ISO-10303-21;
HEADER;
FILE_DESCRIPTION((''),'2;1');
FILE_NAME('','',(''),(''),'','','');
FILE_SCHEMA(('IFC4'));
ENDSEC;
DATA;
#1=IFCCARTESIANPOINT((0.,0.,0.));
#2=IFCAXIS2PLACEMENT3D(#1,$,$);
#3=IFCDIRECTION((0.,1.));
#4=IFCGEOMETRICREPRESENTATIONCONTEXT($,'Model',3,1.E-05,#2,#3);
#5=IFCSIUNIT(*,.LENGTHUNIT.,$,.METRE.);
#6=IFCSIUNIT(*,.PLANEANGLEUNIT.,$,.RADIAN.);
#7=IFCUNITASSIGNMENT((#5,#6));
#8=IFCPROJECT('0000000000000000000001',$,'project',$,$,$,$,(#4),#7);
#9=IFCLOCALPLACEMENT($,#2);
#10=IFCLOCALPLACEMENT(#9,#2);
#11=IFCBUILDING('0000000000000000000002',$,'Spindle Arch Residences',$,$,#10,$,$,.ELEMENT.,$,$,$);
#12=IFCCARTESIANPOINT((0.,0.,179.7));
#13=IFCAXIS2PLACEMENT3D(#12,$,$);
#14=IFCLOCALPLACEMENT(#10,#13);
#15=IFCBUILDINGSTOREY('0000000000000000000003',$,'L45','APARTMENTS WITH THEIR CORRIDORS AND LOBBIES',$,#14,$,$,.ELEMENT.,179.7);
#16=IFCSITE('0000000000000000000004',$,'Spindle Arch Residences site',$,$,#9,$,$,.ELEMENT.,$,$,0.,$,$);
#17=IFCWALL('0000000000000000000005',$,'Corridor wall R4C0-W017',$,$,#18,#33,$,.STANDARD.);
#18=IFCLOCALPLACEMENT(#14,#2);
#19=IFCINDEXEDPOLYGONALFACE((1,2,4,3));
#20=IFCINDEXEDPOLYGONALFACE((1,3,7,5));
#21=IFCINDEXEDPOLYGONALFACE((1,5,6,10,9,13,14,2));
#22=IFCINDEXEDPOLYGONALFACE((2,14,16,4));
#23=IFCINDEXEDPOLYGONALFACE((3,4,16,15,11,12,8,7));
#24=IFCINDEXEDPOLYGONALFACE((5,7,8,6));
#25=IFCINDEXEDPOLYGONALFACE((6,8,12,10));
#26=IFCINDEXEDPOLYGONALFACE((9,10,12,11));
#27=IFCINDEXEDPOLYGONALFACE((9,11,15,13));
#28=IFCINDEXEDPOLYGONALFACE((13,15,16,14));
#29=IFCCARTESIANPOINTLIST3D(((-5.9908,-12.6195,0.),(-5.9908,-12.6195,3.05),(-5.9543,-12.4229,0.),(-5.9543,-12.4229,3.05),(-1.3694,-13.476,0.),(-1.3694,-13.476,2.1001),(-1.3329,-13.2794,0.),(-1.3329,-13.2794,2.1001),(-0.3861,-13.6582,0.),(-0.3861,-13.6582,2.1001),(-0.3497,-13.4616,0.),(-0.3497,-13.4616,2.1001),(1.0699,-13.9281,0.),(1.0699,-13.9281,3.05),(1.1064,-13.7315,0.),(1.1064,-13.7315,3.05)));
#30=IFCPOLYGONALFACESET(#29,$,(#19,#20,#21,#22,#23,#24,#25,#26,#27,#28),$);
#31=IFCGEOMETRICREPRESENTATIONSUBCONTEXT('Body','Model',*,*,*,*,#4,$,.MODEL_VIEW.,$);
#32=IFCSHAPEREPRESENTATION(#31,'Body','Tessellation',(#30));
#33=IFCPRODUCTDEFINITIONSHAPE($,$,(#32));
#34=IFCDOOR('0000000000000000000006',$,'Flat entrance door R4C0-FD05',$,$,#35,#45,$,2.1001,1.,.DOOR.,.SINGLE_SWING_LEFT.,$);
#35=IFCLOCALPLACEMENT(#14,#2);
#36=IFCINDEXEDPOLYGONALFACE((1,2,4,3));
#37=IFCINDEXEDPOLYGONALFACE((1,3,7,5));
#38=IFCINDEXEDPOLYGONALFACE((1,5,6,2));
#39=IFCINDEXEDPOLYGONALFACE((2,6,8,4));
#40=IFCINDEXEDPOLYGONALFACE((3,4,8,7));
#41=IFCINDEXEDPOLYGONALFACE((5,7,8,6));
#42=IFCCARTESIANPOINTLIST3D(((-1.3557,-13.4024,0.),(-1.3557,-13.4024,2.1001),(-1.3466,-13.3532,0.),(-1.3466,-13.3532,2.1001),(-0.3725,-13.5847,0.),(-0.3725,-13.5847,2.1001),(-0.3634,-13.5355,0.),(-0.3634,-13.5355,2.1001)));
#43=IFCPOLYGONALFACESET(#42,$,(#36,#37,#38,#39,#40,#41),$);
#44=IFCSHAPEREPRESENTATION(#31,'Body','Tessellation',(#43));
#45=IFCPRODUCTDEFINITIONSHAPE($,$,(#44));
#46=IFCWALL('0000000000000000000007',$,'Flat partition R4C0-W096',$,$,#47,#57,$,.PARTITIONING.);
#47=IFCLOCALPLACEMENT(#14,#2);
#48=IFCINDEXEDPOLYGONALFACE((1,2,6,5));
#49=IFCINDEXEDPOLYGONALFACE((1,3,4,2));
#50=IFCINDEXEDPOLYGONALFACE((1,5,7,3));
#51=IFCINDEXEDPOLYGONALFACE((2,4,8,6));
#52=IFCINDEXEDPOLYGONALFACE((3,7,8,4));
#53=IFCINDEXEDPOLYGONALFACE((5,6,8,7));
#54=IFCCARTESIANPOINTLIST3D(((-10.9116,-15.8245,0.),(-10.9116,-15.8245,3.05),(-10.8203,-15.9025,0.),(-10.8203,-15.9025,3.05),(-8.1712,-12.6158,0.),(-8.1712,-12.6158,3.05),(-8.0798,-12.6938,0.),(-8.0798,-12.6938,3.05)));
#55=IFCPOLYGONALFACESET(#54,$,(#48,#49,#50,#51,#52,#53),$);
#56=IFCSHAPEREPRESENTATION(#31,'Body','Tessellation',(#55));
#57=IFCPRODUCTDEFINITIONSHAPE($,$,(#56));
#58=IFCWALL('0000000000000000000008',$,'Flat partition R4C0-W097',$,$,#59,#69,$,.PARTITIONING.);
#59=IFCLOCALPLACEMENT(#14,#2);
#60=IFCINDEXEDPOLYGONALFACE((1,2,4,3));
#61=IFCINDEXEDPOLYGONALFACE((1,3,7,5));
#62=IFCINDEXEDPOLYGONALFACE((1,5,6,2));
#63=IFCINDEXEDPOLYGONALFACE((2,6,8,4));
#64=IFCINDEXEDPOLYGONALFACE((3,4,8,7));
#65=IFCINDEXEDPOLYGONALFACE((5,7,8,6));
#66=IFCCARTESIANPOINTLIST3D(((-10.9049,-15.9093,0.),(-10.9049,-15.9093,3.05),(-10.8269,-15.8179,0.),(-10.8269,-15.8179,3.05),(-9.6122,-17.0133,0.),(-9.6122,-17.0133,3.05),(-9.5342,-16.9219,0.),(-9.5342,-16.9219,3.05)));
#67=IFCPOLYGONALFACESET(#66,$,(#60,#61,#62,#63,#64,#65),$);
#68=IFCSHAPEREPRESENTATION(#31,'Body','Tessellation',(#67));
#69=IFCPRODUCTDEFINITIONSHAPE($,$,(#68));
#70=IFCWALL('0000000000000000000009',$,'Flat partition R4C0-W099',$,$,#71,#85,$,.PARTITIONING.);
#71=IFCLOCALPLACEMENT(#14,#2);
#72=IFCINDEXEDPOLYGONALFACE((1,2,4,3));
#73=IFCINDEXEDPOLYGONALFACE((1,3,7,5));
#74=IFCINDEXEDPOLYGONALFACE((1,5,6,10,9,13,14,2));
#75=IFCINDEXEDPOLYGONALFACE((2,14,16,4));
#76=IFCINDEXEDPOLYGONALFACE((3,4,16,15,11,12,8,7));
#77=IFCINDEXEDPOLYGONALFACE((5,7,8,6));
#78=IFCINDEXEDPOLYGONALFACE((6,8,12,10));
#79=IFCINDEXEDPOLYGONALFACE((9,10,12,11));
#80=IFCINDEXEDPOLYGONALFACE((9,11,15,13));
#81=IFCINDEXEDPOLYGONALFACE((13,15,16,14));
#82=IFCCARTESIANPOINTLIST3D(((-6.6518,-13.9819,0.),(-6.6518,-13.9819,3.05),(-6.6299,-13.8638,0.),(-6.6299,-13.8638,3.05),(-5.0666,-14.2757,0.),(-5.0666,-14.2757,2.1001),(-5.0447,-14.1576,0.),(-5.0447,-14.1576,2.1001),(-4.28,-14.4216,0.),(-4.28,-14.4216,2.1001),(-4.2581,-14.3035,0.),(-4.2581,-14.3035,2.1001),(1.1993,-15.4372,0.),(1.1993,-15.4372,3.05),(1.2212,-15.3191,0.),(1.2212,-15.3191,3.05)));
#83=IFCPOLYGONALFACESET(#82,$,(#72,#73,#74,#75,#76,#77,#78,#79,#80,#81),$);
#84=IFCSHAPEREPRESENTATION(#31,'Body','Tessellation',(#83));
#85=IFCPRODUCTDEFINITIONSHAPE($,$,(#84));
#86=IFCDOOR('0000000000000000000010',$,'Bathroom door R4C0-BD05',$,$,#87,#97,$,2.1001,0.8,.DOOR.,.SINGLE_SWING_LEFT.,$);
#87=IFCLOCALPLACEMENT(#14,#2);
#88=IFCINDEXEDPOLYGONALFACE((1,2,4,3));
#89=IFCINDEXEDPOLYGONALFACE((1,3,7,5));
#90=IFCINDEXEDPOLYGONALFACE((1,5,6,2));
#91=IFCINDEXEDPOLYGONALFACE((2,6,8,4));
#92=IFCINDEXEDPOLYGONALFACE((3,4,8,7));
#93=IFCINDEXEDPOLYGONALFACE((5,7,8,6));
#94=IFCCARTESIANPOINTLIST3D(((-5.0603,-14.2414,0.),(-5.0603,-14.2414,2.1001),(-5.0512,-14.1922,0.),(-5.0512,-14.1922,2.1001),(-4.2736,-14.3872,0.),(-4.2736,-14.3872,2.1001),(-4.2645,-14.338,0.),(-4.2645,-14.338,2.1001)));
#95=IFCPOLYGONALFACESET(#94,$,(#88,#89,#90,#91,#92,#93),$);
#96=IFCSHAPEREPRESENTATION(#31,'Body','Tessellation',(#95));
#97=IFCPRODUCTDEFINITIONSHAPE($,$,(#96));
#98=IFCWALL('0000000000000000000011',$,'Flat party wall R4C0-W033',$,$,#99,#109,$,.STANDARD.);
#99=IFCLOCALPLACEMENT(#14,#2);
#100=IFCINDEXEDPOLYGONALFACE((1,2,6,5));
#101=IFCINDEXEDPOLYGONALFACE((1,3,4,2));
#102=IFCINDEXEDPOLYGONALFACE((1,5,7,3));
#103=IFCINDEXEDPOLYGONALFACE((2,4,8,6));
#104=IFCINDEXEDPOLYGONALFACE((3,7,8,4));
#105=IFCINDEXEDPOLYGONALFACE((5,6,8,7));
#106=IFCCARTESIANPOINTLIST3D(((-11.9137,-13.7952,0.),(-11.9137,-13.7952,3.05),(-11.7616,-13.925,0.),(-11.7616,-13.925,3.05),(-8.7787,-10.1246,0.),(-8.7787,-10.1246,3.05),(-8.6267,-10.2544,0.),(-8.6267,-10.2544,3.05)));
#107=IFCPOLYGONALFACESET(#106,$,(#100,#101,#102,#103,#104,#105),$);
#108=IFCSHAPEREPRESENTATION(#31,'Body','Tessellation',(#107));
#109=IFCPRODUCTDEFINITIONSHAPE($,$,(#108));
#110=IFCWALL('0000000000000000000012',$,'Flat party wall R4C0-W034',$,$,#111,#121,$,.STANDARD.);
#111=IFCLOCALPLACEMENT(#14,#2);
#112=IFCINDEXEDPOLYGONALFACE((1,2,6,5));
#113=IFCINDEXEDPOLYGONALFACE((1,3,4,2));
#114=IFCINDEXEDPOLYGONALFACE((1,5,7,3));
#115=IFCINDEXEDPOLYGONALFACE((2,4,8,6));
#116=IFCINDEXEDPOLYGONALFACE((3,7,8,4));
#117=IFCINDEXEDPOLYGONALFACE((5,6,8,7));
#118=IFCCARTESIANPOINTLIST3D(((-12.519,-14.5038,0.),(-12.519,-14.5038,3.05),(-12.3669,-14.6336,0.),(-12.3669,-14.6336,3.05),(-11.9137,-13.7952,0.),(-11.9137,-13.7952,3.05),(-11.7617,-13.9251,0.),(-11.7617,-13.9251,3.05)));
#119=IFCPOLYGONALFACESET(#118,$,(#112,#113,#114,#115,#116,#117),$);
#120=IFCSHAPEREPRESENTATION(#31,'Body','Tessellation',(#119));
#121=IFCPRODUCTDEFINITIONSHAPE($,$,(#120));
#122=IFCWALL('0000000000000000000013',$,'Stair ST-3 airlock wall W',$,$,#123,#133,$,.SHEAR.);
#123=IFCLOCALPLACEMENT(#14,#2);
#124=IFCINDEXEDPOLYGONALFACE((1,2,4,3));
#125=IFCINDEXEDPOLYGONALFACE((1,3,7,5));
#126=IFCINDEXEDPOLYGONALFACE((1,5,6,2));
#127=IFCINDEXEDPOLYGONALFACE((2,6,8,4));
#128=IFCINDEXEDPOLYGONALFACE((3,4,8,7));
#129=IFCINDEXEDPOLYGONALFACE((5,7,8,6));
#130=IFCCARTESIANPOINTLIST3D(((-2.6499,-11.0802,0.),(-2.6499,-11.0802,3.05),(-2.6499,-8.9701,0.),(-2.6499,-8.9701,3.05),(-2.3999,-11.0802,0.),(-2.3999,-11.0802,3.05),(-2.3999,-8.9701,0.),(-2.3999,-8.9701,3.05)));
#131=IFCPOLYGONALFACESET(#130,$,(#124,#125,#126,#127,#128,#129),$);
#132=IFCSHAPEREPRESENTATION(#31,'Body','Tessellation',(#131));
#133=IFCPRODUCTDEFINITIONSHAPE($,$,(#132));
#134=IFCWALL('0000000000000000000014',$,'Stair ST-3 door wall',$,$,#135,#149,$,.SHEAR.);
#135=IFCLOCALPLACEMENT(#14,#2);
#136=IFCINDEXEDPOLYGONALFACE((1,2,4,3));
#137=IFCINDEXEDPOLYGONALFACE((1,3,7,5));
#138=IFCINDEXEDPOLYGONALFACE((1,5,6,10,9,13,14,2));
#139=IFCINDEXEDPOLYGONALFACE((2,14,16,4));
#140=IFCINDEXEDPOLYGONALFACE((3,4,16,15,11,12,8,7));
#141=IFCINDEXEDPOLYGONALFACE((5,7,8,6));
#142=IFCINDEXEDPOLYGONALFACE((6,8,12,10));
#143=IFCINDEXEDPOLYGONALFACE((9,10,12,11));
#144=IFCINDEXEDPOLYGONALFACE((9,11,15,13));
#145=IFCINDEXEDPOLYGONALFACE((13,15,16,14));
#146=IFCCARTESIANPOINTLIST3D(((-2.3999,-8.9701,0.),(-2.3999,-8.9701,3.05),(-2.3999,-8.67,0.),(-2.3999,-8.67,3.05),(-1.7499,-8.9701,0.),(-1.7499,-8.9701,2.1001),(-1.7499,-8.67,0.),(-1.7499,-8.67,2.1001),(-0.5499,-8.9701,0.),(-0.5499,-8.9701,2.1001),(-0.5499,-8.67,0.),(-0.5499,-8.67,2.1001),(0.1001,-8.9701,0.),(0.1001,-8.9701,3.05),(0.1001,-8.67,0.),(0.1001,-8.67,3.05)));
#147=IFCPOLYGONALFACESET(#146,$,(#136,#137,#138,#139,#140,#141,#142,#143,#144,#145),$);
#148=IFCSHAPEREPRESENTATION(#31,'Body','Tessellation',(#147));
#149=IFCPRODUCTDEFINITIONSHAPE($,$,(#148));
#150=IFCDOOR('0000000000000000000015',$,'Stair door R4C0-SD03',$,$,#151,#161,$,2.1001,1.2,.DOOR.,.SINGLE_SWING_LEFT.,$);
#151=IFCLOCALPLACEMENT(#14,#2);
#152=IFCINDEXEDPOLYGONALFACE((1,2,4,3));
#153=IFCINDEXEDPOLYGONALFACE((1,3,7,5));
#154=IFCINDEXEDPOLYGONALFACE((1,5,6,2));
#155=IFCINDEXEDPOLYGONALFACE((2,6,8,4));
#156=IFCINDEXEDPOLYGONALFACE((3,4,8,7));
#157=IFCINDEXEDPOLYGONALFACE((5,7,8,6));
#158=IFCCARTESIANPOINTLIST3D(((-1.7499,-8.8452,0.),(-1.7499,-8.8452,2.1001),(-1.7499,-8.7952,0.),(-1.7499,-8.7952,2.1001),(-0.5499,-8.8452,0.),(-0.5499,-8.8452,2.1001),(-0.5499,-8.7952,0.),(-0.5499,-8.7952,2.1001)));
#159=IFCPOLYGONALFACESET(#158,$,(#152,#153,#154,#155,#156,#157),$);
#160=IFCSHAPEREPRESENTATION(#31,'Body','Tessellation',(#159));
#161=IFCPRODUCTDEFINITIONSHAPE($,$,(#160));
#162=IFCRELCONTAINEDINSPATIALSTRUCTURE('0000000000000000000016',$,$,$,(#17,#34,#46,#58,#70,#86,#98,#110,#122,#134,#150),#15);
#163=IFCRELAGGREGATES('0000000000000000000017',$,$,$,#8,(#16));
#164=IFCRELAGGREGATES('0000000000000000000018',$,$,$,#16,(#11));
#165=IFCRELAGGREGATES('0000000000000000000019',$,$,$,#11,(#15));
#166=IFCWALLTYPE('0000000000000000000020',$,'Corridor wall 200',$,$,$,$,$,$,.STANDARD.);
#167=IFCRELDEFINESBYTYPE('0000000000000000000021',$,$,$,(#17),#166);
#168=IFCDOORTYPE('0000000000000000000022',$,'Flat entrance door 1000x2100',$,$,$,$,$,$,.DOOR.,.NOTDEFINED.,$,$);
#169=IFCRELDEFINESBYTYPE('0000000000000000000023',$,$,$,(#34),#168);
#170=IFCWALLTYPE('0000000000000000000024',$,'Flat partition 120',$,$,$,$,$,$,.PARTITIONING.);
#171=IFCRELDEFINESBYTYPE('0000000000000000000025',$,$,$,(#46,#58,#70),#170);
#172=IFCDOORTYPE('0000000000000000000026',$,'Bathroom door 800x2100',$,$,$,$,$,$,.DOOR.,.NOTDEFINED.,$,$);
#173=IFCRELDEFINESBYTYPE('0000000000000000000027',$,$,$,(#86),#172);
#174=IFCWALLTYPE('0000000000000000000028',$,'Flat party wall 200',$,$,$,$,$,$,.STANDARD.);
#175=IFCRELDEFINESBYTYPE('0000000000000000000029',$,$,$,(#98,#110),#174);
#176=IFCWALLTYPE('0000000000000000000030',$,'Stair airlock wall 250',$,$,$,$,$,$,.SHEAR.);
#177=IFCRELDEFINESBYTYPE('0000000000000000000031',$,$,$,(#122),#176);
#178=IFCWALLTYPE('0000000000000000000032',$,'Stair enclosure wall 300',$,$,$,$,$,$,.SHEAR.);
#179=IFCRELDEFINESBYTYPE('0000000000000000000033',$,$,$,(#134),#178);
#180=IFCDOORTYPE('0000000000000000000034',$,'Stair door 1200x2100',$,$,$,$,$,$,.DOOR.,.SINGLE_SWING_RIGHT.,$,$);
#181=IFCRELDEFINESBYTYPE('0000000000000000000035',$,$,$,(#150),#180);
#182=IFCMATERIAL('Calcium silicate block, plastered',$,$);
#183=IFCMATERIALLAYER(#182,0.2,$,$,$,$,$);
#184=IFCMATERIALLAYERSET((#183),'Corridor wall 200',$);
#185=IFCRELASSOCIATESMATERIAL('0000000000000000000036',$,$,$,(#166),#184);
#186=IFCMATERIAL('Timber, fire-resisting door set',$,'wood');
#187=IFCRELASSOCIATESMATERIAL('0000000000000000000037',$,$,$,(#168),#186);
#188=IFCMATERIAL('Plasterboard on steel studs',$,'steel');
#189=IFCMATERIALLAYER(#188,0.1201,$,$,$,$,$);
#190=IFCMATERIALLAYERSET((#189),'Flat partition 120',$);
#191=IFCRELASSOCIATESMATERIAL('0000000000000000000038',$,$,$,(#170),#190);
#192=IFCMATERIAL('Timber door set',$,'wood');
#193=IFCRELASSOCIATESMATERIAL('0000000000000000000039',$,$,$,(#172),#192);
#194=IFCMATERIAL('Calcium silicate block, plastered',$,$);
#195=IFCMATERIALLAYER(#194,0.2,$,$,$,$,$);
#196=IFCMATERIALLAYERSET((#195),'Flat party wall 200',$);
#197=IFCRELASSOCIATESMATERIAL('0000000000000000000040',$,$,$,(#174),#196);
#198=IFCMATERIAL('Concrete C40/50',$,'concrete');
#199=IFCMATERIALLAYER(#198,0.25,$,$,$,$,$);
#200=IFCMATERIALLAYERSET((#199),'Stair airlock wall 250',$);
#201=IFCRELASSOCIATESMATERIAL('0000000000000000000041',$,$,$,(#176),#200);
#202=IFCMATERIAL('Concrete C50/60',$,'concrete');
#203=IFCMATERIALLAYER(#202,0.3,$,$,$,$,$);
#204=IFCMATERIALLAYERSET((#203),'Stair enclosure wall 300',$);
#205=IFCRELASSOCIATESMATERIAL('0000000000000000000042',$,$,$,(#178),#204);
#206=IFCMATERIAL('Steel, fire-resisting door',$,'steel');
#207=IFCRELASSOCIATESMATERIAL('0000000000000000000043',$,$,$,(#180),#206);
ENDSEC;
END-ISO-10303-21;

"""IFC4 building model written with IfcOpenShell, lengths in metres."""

from ifc_helpers import new_model, si_unit, direction, frame, frame_2d, origin, place, context, subcontext, project, spatial, rectangle, extrude, material, layer, layer_set, type_object, element, fill, save


model = new_model("IFC4")

# Units and contexts
model_context = context("Model", 3, precision=1e-05, world=origin(), true_north=direction((0.0, 1.0)))
body_context = subcontext(model_context, "Body", "Model", "MODEL_VIEW")
ifc_project = project(units=[si_unit("LENGTHUNIT", "METRE"), si_unit("PLANEANGLEUNIT", "RADIAN")], contexts=[model_context])

# Site, building, storey
site_placement = place(None, origin())
site = spatial("IfcSite", under=ifc_project, at=site_placement, Name="Spindle Arch Residences site", CompositionType="ELEMENT", RefElevation=0.0)
building_placement = place(site_placement, origin())
building = spatial("IfcBuilding", under=site, at=building_placement, Name="Spindle Arch Residences", CompositionType="ELEMENT")
storey_placement = place(building_placement, frame((0.0, 0.0, 179.7)))
storey = spatial("IfcBuildingStorey", under=building, at=storey_placement, Name="L45", Description="APARTMENTS WITH THEIR CORRIDORS AND LOBBIES", CompositionType="ELEMENT", Elevation=179.7)

# Wall, opening, door
ifc_material_1 = material(Name="Calcium silicate block, plastered")
ifc_layer_1 = layer(ifc_material_1, 0.2)
ifc_layer_set_1 = layer_set([ifc_layer_1], Name="Corridor wall 200")
wall_type_1 = type_object("IfcWallType", Name="Corridor wall 200", PredefinedType="STANDARD", material=ifc_layer_set_1)
wall_1_placement = place(storey_placement, frame((-5.9724, -12.5212, 0.0), z_axis=(0.0, 0.0, 1.0), x_axis=(0.983256, -0.182229, 0.0)))
wall_1 = element("IfcWall", 1, at=wall_1_placement, inside=storey, type_object=wall_type_1, Name="Corridor wall R4C0-W017", PredefinedType="STANDARD", context=body_context, shape_type="SweptSolid", body=[
    extrude(rectangle(XDim=7.1809, YDim=0.2, at=frame_2d((3.5903, 0.0))), origin(), (0.0, 0.0, 1.0), 3.05),
])
opening_1_placement = place(wall_1_placement, frame((4.7, 0.0, 0.0)))
opening_1 = element("IfcOpeningElement", 2, at=opening_1_placement, cuts=wall_1, PredefinedType="OPENING", context=body_context, shape_type="SweptSolid", body=[
    extrude(rectangle(XDim=1.0, YDim=2.1001, at=frame_2d((0.5, 1.05))), frame((0.0, 0.1099, 0.0), z_axis=(0.0, -1.0, 0.0), x_axis=(1.0, 0.0, 0.0)), (0.0, 0.0, 1.0), 0.22),
])
ifc_material_2 = material(Name="Timber, fire-resisting door set", Category="wood")
door_type_1 = type_object("IfcDoorType", Name="Flat entrance door 1000x2100", OperationType="NOTDEFINED", PredefinedType="DOOR", material=ifc_material_2)
door_1_placement = place(opening_1_placement, origin())
door_1 = element("IfcDoor", 3, at=door_1_placement, inside=storey, type_object=door_type_1, Name="Flat entrance door R4C0-FD05", OperationType="SINGLE_SWING_LEFT", OverallHeight=2.1001, OverallWidth=1.0, PredefinedType="DOOR", context=body_context, shape_type="SweptSolid", body=[
    extrude(rectangle(XDim=1.0, YDim=2.1001, at=frame_2d((0.5, 1.05))), frame((0.0, 0.0249, 0.0), z_axis=(0.0, -1.0, 0.0), x_axis=(1.0, 0.0, 0.0)), (0.0, 0.0, 1.0), 0.05),
])
fill(opening_1, door_1)

# Walls
ifc_material_3 = material(Name="Plasterboard on steel studs", Category="steel")
ifc_layer_2 = layer(ifc_material_3, 0.1201)
ifc_layer_set_2 = layer_set([ifc_layer_2], Name="Flat partition 120")
wall_type_2 = type_object("IfcWallType", Name="Flat partition 120", PredefinedType="PARTITIONING", material=ifc_layer_set_2)
wall_2_placement = place(storey_placement, frame((-8.1255, -12.6548, 0.0), z_axis=(0.0, 0.0, 1.0), x_axis=(-0.649442, -0.760411, 0.0)))
element("IfcWall", 4, at=wall_2_placement, inside=storey, type_object=wall_type_2, Name="Flat partition R4C0-W096", PredefinedType="PARTITIONING", context=body_context, shape_type="SweptSolid", body=[
    extrude(rectangle(XDim=4.2197, YDim=0.1201, at=frame_2d((2.1099, 0.0))), origin(), (0.0, 0.0, 1.0), 3.05),
])
wall_3_placement = place(storey_placement, frame((-10.866, -15.8635, 0.0), z_axis=(0.0, 0.0, 1.0), x_axis=(0.760431, -0.649418, 0.0)))
element("IfcWall", 5, at=wall_3_placement, inside=storey, type_object=wall_type_2, Name="Flat partition R4C0-W097", PredefinedType="PARTITIONING", context=body_context, shape_type="SweptSolid", body=[
    extrude(rectangle(XDim=1.7, YDim=0.1201, at=frame_2d((0.8501, 0.0))), origin(), (0.0, 0.0, 1.0), 3.05),
])

# Wall, opening, door
wall_4_placement = place(storey_placement, frame((-6.6409, -13.9229, 0.0), z_axis=(0.0, 0.0, 1.0), x_axis=(0.98325, -0.182261, 0.0)))
wall_4 = element("IfcWall", 6, at=wall_4_placement, inside=storey, type_object=wall_type_2, Name="Flat partition R4C0-W099", PredefinedType="PARTITIONING", context=body_context, shape_type="SweptSolid", body=[
    extrude(rectangle(XDim=7.9849, YDim=0.1201, at=frame_2d((3.9924, 0.0))), origin(), (0.0, 0.0, 1.0), 3.05),
])
opening_2_placement = place(wall_4_placement, frame((1.6123, 0.0, 0.0)))
opening_2 = element("IfcOpeningElement", 7, at=opening_2_placement, cuts=wall_4, PredefinedType="OPENING", context=body_context, shape_type="SweptSolid", body=[
    extrude(rectangle(XDim=0.8, YDim=2.1001, at=frame_2d((0.3999, 1.05))), frame((0.0, 0.0701, 0.0), z_axis=(0.0, -1.0, 0.0), x_axis=(1.0, 0.0, 0.0)), (0.0, 0.0, 1.0), 0.1401),
])
ifc_material_4 = material(Name="Timber door set", Category="wood")
door_type_2 = type_object("IfcDoorType", Name="Bathroom door 800x2100", OperationType="NOTDEFINED", PredefinedType="DOOR", material=ifc_material_4)
door_2_placement = place(opening_2_placement, origin())
door_2 = element("IfcDoor", 8, at=door_2_placement, inside=storey, type_object=door_type_2, Name="Bathroom door R4C0-BD05", OperationType="SINGLE_SWING_LEFT", OverallHeight=2.1001, OverallWidth=0.8, PredefinedType="DOOR", context=body_context, shape_type="SweptSolid", body=[
    extrude(rectangle(XDim=0.8, YDim=2.1001, at=frame_2d((0.3999, 1.05))), frame((0.0, 0.0249, 0.0), z_axis=(0.0, -1.0, 0.0), x_axis=(1.0, 0.0, 0.0)), (0.0, 0.0, 1.0), 0.05),
])
fill(opening_2, door_2)

# Walls
ifc_material_5 = material(Name="Calcium silicate block, plastered")
ifc_layer_3 = layer(ifc_material_5, 0.2)
ifc_layer_set_3 = layer_set([ifc_layer_3], Name="Flat party wall 200")
wall_type_3 = type_object("IfcWallType", Name="Flat party wall 200", PredefinedType="STANDARD", material=ifc_layer_set_3)
wall_5_placement = place(storey_placement, frame((-11.8376, -13.8601, 0.0), z_axis=(0.0, 0.0, 1.0), x_axis=(0.649445, 0.760409, 0.0)))
element("IfcWall", 9, at=wall_5_placement, inside=storey, type_object=wall_type_3, Name="Flat party wall R4C0-W033", PredefinedType="STANDARD", context=body_context, shape_type="SweptSolid", body=[
    extrude(rectangle(XDim=4.8271, YDim=0.2, at=frame_2d((2.4136, 0.0))), origin(), (0.0, 0.0, 1.0), 3.05),
])
wall_6_placement = place(storey_placement, frame((-12.4429, -14.5686, 0.0), z_axis=(0.0, 0.0, 1.0), x_axis=(0.649517, 0.760347, 0.0)))
element("IfcWall", 10, at=wall_6_placement, inside=storey, type_object=wall_type_3, Name="Flat party wall R4C0-W034", PredefinedType="STANDARD", context=body_context, shape_type="SweptSolid", body=[
    extrude(rectangle(XDim=0.9319, YDim=0.2, at=frame_2d((0.4658, 0.0))), origin(), (0.0, 0.0, 1.0), 3.05),
])
ifc_material_6 = material(Name="Concrete C40/50", Category="concrete")
ifc_layer_4 = layer(ifc_material_6, 0.25)
ifc_layer_set_4 = layer_set([ifc_layer_4], Name="Stair airlock wall 250")
wall_type_4 = type_object("IfcWallType", Name="Stair airlock wall 250", PredefinedType="SHEAR", material=ifc_layer_set_4)
wall_7_placement = place(storey_placement, frame((-2.5249, -8.97, 0.0), z_axis=(0.0, 0.0, 1.0), x_axis=(0.0, -1.0, 0.0)))
element("IfcWall", 11, at=wall_7_placement, inside=storey, type_object=wall_type_4, Name="Stair ST-3 airlock wall W", PredefinedType="SHEAR", context=body_context, shape_type="SweptSolid", body=[
    extrude(rectangle(XDim=2.1101, YDim=0.25, at=frame_2d((1.0552, 0.0))), origin(), (0.0, 0.0, 1.0), 3.05),
])

# Wall, opening, door
ifc_material_7 = material(Name="Concrete C50/60", Category="concrete")
ifc_layer_5 = layer(ifc_material_7, 0.3)
ifc_layer_set_5 = layer_set([ifc_layer_5], Name="Stair enclosure wall 300")
wall_type_5 = type_object("IfcWallType", Name="Stair enclosure wall 300", PredefinedType="SHEAR", material=ifc_layer_set_5)
wall_8_placement = place(storey_placement, frame((-2.3999, -8.8201, 0.0), z_axis=(0.0, 0.0, 1.0), x_axis=(1.0, 0.0, 0.0)))
wall_8 = element("IfcWall", 12, at=wall_8_placement, inside=storey, type_object=wall_type_5, Name="Stair ST-3 door wall", PredefinedType="SHEAR", context=body_context, shape_type="SweptSolid", body=[
    extrude(rectangle(XDim=2.5, YDim=0.3, at=frame_2d((1.25, 0.0))), origin(), (0.0, 0.0, 1.0), 3.05),
])
opening_3_placement = place(wall_8_placement, frame((0.6499, 0.0, 0.0)))
opening_3 = element("IfcOpeningElement", 13, at=opening_3_placement, cuts=wall_8, PredefinedType="OPENING", context=body_context, shape_type="SweptSolid", body=[
    extrude(rectangle(XDim=1.2, YDim=2.1001, at=frame_2d((0.6001, 1.05))), frame((0.0, 0.1602, 0.0), z_axis=(0.0, -1.0, 0.0), x_axis=(1.0, 0.0, 0.0)), (0.0, 0.0, 1.0), 0.3201),
])
ifc_material_8 = material(Name="Steel, fire-resisting door", Category="steel")
door_type_3 = type_object("IfcDoorType", Name="Stair door 1200x2100", OperationType="SINGLE_SWING_RIGHT", PredefinedType="DOOR", material=ifc_material_8)
door_3_placement = place(opening_3_placement, origin())
door_3 = element("IfcDoor", 14, at=door_3_placement, inside=storey, type_object=door_type_3, Name="Stair door R4C0-SD03", OperationType="SINGLE_SWING_LEFT", OverallHeight=2.1001, OverallWidth=1.2, PredefinedType="DOOR", context=body_context, shape_type="SweptSolid", body=[
    extrude(rectangle(XDim=1.2, YDim=2.1001, at=frame_2d((0.6001, 1.05))), frame((0.0, 0.0249, 0.0), z_axis=(0.0, -1.0, 0.0), x_axis=(1.0, 0.0, 0.0)), (0.0, 0.0, 1.0), 0.05),
])
fill(opening_3, door_3)

save(model, "model.ifc")
